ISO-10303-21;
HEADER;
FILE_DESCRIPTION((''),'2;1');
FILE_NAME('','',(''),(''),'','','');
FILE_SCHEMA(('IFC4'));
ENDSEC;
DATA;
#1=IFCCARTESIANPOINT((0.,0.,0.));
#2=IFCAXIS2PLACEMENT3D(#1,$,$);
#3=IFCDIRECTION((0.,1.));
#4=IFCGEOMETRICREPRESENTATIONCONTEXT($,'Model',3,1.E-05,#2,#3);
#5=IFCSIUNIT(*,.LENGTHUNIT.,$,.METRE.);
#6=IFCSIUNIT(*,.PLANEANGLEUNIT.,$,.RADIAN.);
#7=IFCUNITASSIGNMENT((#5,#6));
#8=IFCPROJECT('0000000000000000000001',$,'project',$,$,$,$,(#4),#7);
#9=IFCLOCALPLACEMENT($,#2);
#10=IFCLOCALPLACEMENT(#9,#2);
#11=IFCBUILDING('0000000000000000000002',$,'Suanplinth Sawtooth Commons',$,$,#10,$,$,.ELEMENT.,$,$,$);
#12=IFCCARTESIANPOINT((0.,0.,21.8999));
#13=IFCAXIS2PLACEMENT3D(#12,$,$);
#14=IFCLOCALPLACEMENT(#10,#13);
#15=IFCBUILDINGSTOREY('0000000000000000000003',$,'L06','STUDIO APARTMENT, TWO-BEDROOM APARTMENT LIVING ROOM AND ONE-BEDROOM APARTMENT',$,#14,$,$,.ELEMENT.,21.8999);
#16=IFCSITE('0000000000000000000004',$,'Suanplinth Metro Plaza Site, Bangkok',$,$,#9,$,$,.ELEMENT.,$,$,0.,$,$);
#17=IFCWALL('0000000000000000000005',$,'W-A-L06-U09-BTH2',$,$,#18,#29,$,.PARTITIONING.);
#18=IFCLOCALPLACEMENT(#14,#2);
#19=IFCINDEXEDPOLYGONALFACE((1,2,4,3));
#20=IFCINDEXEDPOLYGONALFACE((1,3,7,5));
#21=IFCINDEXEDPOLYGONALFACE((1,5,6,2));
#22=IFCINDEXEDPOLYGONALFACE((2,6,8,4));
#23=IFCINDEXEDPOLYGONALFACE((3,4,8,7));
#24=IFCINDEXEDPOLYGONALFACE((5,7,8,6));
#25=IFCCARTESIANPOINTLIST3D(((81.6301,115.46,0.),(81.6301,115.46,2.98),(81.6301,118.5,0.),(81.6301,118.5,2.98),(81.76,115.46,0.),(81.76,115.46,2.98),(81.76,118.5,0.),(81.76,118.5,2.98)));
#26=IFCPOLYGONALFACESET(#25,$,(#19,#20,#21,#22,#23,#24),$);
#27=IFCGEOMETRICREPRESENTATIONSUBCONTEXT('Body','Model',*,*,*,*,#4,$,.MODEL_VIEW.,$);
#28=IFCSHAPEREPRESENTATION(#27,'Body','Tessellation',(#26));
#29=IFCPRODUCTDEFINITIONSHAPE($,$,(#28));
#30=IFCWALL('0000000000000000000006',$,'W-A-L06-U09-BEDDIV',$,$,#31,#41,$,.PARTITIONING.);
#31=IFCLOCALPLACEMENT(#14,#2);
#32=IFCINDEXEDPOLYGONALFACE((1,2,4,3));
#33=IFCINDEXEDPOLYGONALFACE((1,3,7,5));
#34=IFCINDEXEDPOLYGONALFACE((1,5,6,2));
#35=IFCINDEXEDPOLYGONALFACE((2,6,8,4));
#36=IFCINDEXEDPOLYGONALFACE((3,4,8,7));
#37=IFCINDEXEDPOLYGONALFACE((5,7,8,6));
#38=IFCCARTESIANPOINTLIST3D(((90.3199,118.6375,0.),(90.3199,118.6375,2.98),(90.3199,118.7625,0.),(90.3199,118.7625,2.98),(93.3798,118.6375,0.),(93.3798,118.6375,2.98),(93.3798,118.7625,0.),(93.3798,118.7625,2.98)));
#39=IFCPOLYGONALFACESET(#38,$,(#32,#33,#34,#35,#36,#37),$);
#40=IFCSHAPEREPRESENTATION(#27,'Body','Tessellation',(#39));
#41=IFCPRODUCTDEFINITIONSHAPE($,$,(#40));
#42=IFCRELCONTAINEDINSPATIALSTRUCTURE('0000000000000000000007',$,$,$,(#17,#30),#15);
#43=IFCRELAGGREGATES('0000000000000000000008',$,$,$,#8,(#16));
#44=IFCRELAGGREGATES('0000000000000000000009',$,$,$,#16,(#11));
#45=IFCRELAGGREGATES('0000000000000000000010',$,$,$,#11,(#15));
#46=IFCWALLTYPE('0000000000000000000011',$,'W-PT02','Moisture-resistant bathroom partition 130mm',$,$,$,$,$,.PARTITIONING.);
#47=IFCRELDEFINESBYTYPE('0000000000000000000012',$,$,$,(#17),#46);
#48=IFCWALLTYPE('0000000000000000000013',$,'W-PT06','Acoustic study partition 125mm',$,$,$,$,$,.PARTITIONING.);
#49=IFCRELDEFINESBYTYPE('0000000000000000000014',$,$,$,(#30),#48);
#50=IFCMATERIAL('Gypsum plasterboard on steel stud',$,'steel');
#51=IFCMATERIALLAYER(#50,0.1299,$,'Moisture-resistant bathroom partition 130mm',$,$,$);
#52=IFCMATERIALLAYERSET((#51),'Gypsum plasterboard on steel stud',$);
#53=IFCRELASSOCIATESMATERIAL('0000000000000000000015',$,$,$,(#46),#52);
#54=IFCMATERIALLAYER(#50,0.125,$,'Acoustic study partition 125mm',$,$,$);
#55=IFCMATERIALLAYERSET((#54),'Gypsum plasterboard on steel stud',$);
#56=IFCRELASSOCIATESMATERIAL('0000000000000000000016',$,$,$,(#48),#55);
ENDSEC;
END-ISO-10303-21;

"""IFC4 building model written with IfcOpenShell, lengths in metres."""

from ifc_helpers import new_model, si_unit, direction, frame, frame_2d, origin, place, context, subcontext, project, spatial, rectangle, extrude, material, layer, layer_set, type_object, element, save


model = new_model("IFC4")

# Units and contexts
model_context = context("Model", 3, precision=1e-05, world=origin(), true_north=direction((0.0, 1.0)))
body_context = subcontext(model_context, "Body", "Model", "MODEL_VIEW")
ifc_project = project(units=[si_unit("LENGTHUNIT", "METRE"), si_unit("PLANEANGLEUNIT", "RADIAN")], contexts=[model_context])

# Site, building, storey
site_placement = place(None, origin())
site = spatial("IfcSite", under=ifc_project, at=site_placement, Name="Suanplinth Metro Plaza Site, Bangkok", CompositionType="ELEMENT", RefElevation=0.0)
building_placement = place(site_placement, origin())
building = spatial("IfcBuilding", under=site, at=building_placement, Name="Suanplinth Sawtooth Commons", CompositionType="ELEMENT")
storey_placement = place(building_placement, frame((0.0, 0.0, 21.8999)))
storey = spatial("IfcBuildingStorey", under=building, at=storey_placement, Name="L06", Description="STUDIO APARTMENT, TWO-BEDROOM APARTMENT LIVING ROOM AND ONE-BEDROOM APARTMENT", CompositionType="ELEMENT", Elevation=21.8999)

# Shared definitions
ifc_material_1 = material(Name="Gypsum plasterboard on steel stud", Category="steel")

# Wall
ifc_layer_1 = layer(ifc_material_1, 0.1299, Name="Moisture-resistant bathroom partition 130mm")
ifc_layer_set_1 = layer_set([ifc_layer_1], Name="Gypsum plasterboard on steel stud")
wall_type_1 = type_object("IfcWallType", Name="W-PT02", Description="Moisture-resistant bathroom partition 130mm", PredefinedType="PARTITIONING", material=ifc_layer_set_1)
wall_1_placement = place(storey_placement, frame((81.6951, 115.46, 0.0), z_axis=(0.0, 0.0, 1.0), x_axis=(0.0, 1.0, 0.0)))
element("IfcWall", 1, at=wall_1_placement, inside=storey, type_object=wall_type_1, Name="W-A-L06-U09-BTH2", PredefinedType="PARTITIONING", context=body_context, shape_type="SweptSolid", body=[
    extrude(rectangle(XDim=3.04, YDim=0.1299, at=frame_2d((1.52, 0.0))), origin(), (0.0, 0.0, 1.0), 2.98),
])

# Wall
ifc_layer_2 = layer(ifc_material_1, 0.125, Name="Acoustic study partition 125mm")
ifc_layer_set_2 = layer_set([ifc_layer_2], Name="Gypsum plasterboard on steel stud")
wall_type_2 = type_object("IfcWallType", Name="W-PT06", Description="Acoustic study partition 125mm", PredefinedType="PARTITIONING", material=ifc_layer_set_2)
wall_2_placement = place(storey_placement, frame((90.3201, 118.7, 0.0), z_axis=(0.0, 0.0, 1.0), x_axis=(1.0, 0.0, 0.0)))
element("IfcWall", 2, at=wall_2_placement, inside=storey, type_object=wall_type_2, Name="W-A-L06-U09-BEDDIV", PredefinedType="PARTITIONING", context=body_context, shape_type="SweptSolid", body=[
    extrude(rectangle(XDim=3.0598, YDim=0.125, at=frame_2d((1.5298, 0.0))), origin(), (0.0, 0.0, 1.0), 2.98),
])

save(model, "model.ifc")
